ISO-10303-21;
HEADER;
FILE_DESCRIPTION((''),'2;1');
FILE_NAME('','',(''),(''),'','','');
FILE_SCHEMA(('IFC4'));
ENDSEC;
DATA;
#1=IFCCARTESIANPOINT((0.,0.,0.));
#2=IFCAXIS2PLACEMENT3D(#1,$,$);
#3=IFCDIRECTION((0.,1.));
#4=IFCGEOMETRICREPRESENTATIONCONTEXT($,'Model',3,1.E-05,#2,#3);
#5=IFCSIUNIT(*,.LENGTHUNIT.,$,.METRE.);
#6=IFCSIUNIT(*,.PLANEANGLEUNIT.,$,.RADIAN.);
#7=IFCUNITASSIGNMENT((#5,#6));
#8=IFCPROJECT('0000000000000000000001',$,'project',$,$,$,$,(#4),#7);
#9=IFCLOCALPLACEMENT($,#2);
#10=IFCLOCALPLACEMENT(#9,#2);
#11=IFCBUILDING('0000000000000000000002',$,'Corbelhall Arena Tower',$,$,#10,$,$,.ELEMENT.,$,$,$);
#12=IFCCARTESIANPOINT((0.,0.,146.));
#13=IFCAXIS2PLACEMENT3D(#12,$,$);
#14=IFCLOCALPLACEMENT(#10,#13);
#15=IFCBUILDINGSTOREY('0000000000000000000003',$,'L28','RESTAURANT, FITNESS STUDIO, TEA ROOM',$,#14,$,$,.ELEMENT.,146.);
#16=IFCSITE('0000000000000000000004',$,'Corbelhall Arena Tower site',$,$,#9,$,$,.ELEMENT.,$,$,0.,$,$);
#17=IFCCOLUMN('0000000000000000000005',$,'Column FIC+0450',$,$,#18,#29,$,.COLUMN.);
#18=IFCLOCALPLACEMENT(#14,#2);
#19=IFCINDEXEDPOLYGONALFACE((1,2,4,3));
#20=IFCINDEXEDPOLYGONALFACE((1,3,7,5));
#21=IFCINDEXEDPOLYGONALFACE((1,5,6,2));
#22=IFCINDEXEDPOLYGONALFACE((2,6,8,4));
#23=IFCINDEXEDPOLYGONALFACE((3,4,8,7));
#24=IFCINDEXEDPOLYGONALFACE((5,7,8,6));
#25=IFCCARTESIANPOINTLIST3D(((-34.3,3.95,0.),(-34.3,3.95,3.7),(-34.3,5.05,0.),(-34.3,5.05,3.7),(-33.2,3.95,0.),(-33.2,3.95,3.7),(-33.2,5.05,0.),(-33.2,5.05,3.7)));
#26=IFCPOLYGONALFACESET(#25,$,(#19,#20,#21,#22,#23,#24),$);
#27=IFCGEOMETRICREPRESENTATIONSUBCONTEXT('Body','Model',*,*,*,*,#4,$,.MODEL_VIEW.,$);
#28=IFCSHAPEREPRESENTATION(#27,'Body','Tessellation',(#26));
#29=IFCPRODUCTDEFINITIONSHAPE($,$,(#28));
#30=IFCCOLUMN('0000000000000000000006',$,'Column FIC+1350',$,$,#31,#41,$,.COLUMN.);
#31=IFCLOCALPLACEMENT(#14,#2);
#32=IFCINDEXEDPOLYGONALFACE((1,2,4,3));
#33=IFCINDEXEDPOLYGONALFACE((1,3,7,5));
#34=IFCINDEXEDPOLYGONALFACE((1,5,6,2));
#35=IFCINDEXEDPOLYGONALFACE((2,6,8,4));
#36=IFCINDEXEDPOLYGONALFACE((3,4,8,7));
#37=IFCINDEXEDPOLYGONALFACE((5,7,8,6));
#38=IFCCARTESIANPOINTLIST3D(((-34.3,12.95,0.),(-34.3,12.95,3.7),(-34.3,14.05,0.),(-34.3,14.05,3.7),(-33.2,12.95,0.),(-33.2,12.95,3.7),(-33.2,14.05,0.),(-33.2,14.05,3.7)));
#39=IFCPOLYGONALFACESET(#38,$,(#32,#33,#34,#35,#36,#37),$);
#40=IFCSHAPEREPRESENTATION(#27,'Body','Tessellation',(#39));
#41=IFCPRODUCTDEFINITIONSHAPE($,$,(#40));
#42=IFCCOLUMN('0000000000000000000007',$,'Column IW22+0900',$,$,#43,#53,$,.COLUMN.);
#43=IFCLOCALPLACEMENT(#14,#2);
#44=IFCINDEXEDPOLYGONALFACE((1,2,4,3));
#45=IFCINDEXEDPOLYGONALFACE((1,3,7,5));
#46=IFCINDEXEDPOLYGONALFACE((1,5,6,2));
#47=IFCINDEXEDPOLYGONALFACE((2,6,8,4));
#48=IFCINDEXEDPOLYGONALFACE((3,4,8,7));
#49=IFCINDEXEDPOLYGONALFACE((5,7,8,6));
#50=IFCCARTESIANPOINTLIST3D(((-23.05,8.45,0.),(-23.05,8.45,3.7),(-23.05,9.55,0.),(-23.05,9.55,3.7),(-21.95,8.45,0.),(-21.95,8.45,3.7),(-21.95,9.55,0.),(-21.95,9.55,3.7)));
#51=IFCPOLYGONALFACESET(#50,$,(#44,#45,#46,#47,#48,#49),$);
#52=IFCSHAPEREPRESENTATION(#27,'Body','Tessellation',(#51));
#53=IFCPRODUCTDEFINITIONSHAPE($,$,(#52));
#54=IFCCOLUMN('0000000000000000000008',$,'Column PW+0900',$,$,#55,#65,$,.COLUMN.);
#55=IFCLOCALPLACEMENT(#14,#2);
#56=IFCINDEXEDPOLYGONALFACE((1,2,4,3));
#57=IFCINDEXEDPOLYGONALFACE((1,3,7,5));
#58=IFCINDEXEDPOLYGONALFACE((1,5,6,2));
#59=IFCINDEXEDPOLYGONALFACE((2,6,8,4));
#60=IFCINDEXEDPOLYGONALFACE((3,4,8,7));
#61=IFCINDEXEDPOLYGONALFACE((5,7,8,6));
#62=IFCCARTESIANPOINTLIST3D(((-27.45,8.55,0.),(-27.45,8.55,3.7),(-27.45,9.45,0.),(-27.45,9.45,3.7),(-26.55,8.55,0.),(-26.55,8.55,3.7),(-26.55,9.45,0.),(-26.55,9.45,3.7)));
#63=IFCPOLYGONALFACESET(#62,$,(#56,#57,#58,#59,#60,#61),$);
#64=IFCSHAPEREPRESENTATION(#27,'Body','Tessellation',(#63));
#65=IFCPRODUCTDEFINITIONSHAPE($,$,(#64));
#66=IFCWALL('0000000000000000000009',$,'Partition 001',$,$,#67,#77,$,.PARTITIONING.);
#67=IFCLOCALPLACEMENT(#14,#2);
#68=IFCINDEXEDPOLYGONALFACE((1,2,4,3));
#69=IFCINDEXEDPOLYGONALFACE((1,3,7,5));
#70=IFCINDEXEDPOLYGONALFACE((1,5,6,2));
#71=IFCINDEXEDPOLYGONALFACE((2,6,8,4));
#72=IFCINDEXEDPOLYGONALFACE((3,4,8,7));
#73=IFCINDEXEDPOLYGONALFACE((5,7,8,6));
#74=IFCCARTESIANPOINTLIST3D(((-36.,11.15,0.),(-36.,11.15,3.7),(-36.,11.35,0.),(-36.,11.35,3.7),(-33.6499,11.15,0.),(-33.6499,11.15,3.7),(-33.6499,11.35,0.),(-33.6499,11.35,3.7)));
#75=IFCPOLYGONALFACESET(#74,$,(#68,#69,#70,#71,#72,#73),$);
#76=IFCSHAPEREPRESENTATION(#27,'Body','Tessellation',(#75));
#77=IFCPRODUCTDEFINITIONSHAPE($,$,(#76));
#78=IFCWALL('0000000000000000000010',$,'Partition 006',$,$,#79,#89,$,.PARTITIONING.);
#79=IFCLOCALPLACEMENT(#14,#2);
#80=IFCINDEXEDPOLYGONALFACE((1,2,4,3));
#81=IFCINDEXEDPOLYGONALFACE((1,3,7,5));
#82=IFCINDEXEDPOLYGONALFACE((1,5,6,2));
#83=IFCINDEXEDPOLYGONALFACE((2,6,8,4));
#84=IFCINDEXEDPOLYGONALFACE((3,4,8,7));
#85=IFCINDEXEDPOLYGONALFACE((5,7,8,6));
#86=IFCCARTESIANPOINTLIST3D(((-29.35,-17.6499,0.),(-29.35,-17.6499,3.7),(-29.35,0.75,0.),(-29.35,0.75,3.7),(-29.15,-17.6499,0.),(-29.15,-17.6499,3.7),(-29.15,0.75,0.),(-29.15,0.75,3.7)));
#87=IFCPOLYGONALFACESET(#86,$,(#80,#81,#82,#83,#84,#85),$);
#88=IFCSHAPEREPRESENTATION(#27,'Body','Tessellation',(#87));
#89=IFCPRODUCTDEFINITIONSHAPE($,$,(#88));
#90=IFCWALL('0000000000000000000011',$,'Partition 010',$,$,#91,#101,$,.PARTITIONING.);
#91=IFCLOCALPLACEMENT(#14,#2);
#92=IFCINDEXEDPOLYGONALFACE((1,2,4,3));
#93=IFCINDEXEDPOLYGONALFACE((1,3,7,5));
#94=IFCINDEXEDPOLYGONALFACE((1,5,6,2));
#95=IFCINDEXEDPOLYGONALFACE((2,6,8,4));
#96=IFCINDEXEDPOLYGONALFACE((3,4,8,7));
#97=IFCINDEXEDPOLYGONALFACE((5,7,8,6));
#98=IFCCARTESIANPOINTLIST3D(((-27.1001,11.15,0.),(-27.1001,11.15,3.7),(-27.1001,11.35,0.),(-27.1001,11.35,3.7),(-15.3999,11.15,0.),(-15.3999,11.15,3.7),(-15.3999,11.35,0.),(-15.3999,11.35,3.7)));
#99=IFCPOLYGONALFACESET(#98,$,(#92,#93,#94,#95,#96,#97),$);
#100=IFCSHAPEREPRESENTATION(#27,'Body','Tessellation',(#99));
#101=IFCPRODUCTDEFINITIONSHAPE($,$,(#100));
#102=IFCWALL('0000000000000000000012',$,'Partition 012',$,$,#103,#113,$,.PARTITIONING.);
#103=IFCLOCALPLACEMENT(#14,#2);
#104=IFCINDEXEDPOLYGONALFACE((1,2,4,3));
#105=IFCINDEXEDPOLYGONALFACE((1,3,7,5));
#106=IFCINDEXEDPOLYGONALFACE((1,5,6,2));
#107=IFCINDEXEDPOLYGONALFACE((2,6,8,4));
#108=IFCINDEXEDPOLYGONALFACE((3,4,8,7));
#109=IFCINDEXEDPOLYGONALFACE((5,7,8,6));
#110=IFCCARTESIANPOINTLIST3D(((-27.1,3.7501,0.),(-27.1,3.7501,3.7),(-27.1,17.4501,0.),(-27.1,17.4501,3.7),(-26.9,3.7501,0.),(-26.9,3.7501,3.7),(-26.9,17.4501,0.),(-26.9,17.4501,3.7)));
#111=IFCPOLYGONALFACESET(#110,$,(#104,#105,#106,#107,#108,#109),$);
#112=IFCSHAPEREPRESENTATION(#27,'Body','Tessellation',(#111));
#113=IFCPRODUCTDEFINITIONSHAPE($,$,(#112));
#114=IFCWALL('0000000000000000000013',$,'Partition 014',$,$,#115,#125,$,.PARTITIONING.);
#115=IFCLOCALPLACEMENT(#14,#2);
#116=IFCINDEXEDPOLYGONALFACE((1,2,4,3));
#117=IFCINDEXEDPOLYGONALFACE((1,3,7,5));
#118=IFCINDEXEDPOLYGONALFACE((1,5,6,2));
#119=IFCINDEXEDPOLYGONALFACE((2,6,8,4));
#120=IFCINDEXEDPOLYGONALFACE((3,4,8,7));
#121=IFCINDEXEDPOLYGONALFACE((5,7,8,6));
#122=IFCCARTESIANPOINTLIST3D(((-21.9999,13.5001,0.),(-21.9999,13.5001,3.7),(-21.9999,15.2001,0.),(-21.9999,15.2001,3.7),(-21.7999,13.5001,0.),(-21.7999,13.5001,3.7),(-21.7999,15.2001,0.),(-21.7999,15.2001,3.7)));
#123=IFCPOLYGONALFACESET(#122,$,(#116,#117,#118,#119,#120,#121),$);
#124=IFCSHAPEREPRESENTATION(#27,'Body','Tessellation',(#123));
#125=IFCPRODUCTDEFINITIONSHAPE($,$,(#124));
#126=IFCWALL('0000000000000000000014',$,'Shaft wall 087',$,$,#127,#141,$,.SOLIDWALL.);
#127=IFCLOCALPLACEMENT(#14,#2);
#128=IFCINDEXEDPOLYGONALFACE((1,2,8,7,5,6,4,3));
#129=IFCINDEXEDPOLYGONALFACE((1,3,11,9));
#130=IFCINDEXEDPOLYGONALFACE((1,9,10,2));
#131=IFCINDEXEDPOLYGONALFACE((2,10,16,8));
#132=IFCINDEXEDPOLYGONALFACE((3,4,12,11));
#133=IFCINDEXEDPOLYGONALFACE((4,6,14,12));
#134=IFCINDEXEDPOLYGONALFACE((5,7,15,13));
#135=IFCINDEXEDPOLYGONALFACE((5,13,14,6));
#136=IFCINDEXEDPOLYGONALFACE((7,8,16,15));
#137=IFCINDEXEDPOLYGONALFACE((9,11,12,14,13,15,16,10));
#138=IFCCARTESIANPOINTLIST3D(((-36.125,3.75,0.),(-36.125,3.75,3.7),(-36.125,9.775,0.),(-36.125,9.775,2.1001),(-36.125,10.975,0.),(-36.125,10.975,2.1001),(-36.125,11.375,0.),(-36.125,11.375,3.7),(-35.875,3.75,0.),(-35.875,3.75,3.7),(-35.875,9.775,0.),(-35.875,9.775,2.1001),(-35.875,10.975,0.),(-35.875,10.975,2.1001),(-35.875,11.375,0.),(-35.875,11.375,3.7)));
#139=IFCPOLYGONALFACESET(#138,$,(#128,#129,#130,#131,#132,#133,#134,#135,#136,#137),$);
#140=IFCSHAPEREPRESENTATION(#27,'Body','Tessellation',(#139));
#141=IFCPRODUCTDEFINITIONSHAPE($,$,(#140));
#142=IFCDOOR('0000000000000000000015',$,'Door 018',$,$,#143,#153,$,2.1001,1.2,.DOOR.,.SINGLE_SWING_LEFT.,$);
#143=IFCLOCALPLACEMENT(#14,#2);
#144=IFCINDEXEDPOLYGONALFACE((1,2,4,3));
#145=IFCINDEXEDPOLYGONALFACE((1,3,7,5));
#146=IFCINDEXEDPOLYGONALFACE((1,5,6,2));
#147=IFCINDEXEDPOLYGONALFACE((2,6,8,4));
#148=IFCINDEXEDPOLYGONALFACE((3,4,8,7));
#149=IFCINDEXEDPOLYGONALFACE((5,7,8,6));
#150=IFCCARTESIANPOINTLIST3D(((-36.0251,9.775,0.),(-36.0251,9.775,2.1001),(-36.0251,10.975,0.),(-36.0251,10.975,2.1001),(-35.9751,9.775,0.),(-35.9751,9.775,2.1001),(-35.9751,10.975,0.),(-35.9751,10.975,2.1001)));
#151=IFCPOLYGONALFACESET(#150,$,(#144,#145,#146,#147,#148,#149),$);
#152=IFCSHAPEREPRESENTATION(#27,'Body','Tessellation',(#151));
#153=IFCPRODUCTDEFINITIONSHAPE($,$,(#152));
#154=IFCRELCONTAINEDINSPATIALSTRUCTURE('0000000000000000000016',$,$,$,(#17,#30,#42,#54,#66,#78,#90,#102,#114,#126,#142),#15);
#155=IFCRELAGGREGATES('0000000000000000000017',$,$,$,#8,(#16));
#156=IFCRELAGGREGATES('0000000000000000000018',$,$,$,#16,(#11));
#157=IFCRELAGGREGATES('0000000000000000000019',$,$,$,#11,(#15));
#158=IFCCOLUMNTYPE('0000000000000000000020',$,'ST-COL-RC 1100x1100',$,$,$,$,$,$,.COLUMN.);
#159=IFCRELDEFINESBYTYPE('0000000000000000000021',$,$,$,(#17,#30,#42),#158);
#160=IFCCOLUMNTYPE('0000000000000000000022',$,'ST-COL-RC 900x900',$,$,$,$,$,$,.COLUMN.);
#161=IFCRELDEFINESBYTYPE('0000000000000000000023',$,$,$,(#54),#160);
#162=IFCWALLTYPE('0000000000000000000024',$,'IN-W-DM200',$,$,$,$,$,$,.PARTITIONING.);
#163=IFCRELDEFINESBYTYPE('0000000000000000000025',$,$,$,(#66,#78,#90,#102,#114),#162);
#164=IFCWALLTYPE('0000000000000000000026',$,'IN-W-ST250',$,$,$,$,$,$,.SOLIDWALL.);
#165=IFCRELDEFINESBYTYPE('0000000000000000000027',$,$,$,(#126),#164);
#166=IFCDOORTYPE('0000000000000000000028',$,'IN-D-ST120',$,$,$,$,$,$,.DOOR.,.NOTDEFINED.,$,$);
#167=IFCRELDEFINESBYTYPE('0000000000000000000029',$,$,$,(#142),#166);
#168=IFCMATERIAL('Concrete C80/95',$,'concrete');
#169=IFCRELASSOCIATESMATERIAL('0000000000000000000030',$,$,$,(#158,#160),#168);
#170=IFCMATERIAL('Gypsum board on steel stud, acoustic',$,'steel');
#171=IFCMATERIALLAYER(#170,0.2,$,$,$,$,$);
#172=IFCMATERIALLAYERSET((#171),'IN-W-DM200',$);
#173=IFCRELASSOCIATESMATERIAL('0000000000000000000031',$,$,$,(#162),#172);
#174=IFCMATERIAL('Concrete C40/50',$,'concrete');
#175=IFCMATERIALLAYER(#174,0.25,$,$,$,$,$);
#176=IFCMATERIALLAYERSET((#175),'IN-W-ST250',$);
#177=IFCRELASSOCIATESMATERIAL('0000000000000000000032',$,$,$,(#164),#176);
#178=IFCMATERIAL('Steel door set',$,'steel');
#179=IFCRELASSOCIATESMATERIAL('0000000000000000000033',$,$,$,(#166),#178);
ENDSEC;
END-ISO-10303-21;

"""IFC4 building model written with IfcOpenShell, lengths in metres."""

from ifc_helpers import new_model, si_unit, direction, frame, frame_2d, origin, origin_2d, place, context, subcontext, project, spatial, rectangle, extrude, material, layer, layer_set, material_profile, profile_set, type_object, element, fill, save


model = new_model("IFC4")

# Units and contexts
model_context = context("Model", 3, precision=1e-05, world=origin(), true_north=direction((0.0, 1.0)))
body_context = subcontext(model_context, "Body", "Model", "MODEL_VIEW")
ifc_project = project(units=[si_unit("LENGTHUNIT", "METRE"), si_unit("PLANEANGLEUNIT", "RADIAN")], contexts=[model_context])

# Site, building, storey
site_placement = place(None, origin())
site = spatial("IfcSite", under=ifc_project, at=site_placement, Name="Corbelhall Arena Tower site", CompositionType="ELEMENT", RefElevation=0.0)
building_placement = place(site_placement, origin())
building = spatial("IfcBuilding", under=site, at=building_placement, Name="Corbelhall Arena Tower", CompositionType="ELEMENT")
storey_placement = place(building_placement, frame((0.0, 0.0, 146.0)))
storey = spatial("IfcBuildingStorey", under=building, at=storey_placement, Name="L28", Description="RESTAURANT, FITNESS STUDIO, TEA ROOM", CompositionType="ELEMENT", Elevation=146.0)

# Columns
ifc_material_1 = material(Name="Concrete C80/95", Category="concrete")
ifc_material_profile_1 = material_profile(ifc_material_1, rectangle(XDim=1.1001, YDim=1.1001, at=origin_2d()))
ifc_profile_set_1 = profile_set([ifc_material_profile_1], Name="Concrete C80/95")
column_type_1 = type_object("IfcColumnType", Name="ST-COL-RC 1100x1100", PredefinedType="COLUMN", material=ifc_profile_set_1)
for number, where, z_axis, x_axis, name in (
    (1, (-33.75, 4.5, 0.0), (0.0, 0.0, 1.0), (1.0, 0.0, 0.0), "Column FIC+0450"),
    (2, (-33.75, 13.5, 0.0), (0.0, 0.0, 1.0), (1.0, 0.0, 0.0), "Column FIC+1350"),
    (3, (-22.5, 9.0, 0.0), (0.0, 0.0, 1.0), (1.0, 0.0, 0.0), "Column IW22+0900"),
):
    element("IfcColumn", number, at=place(storey_placement, frame(where, z_axis=z_axis, x_axis=x_axis)), inside=storey, type_object=column_type_1, Name=name, PredefinedType="COLUMN", context=body_context, shape_type="SweptSolid", body=[
        extrude(rectangle(XDim=1.1001, YDim=1.1001, at=origin_2d()), origin(), (0.0, 0.0, 1.0), 3.7),
    ])
ifc_material_profile_2 = material_profile(ifc_material_1, rectangle(XDim=0.8999, YDim=0.8999, at=origin_2d()))
ifc_profile_set_2 = profile_set([ifc_material_profile_2], Name="Concrete C80/95")
column_type_2 = type_object("IfcColumnType", Name="ST-COL-RC 900x900", PredefinedType="COLUMN", material=ifc_profile_set_2)
column_placement = place(storey_placement, frame((-27.0, 9.0, 0.0), z_axis=(0.0, 0.0, 1.0), x_axis=(1.0, 0.0, 0.0)))
element("IfcColumn", 4, at=column_placement, inside=storey, type_object=column_type_2, Name="Column PW+0900", PredefinedType="COLUMN", context=body_context, shape_type="SweptSolid", body=[
    extrude(rectangle(XDim=0.8999, YDim=0.8999, at=origin_2d()), origin(), (0.0, 0.0, 1.0), 3.7),
])

# Wall
ifc_material_2 = material(Name="Gypsum board on steel stud, acoustic", Category="steel")
ifc_layer_1 = layer(ifc_material_2, 0.2)
ifc_layer_set_1 = layer_set([ifc_layer_1], Name="IN-W-DM200")
wall_type_1 = type_object("IfcWallType", Name="IN-W-DM200", PredefinedType="PARTITIONING", material=ifc_layer_set_1)
wall_1_placement = place(storey_placement, frame((-36.0, 11.25, 0.0), z_axis=(0.0, 0.0, 1.0), x_axis=(1.0, 0.0, 0.0)))
element("IfcWall", 5, at=wall_1_placement, inside=storey, type_object=wall_type_1, Name="Partition 001", PredefinedType="PARTITIONING", context=body_context, shape_type="SweptSolid", body=[
    extrude(rectangle(XDim=2.3501, YDim=0.2, at=frame_2d((1.175, 0.0))), origin(), (0.0, 0.0, 1.0), 3.7),
])

# Shared definitions
ifc_material_3 = material(Name="Steel door set", Category="steel")

# Walls
wall_2_placement = place(storey_placement, frame((-29.25, 0.75, 0.0), z_axis=(0.0, 0.0, 1.0), x_axis=(0.0, -1.0, 0.0)))
element("IfcWall", 6, at=wall_2_placement, inside=storey, type_object=wall_type_1, Name="Partition 006", PredefinedType="PARTITIONING", context=body_context, shape_type="SweptSolid", body=[
    extrude(rectangle(XDim=18.3999, YDim=0.2, at=frame_2d((9.2, 0.0))), origin(), (0.0, 0.0, 1.0), 3.7),
])
wall_3_placement = place(storey_placement, frame((-27.1001, 11.25, 0.0), z_axis=(0.0, 0.0, 1.0), x_axis=(1.0, 0.0, 0.0)))
element("IfcWall", 7, at=wall_3_placement, inside=storey, type_object=wall_type_1, Name="Partition 010", PredefinedType="PARTITIONING", context=body_context, shape_type="SweptSolid", body=[
    extrude(rectangle(XDim=11.7002, YDim=0.2, at=frame_2d((5.8501, 0.0))), origin(), (0.0, 0.0, 1.0), 3.7),
])
wall_4_placement = place(storey_placement, frame((-27.0, 3.75, 0.0), z_axis=(0.0, 0.0, 1.0), x_axis=(0.0, 1.0, 0.0)))
element("IfcWall", 8, at=wall_4_placement, inside=storey, type_object=wall_type_1, Name="Partition 012", PredefinedType="PARTITIONING", context=body_context, shape_type="SweptSolid", body=[
    extrude(rectangle(XDim=13.7, YDim=0.2, at=frame_2d((6.8501, 0.0))), origin(), (0.0, 0.0, 1.0), 3.7),
])
wall_5_placement = place(storey_placement, frame((-21.8999, 13.5, 0.0), z_axis=(0.0, 0.0, 1.0), x_axis=(0.0, 1.0, 0.0)))
element("IfcWall", 9, at=wall_5_placement, inside=storey, type_object=wall_type_1, Name="Partition 014", PredefinedType="PARTITIONING", context=body_context, shape_type="SweptSolid", body=[
    extrude(rectangle(XDim=1.7, YDim=0.2, at=frame_2d((0.8501, 0.0))), origin(), (0.0, 0.0, 1.0), 3.7),
])

# Wall, opening, door
ifc_material_4 = material(Name="Concrete C40/50", Category="concrete")
ifc_layer_2 = layer(ifc_material_4, 0.25)
ifc_layer_set_2 = layer_set([ifc_layer_2], Name="IN-W-ST250")
wall_type_2 = type_object("IfcWallType", Name="IN-W-ST250", PredefinedType="SOLIDWALL", material=ifc_layer_set_2)
wall_6_placement = place(storey_placement, frame((-36.0, 11.375, 0.0), z_axis=(0.0, 0.0, 1.0), x_axis=(0.0, -1.0, 0.0)))
wall_6 = element("IfcWall", 10, at=wall_6_placement, inside=storey, type_object=wall_type_2, Name="Shaft wall 087", PredefinedType="SOLIDWALL", context=body_context, shape_type="SweptSolid", body=[
    extrude(rectangle(XDim=7.625, YDim=0.25, at=frame_2d((3.8125, 0.0))), origin(), (0.0, 0.0, 1.0), 3.7),
])
opening_1_placement = place(wall_6_placement, frame((0.3999, 0.0, 0.0)))
opening_1 = element("IfcOpeningElement", 11, at=opening_1_placement, cuts=wall_6, PredefinedType="OPENING", context=body_context, shape_type="SweptSolid", body=[
    extrude(rectangle(XDim=1.2, YDim=2.1001, at=frame_2d((0.6001, 1.05))), frame((0.0, 0.125, 0.0), z_axis=(0.0, -1.0, 0.0), x_axis=(1.0, 0.0, 0.0)), (0.0, 0.0, 1.0), 0.25),
])
door_type_1 = type_object("IfcDoorType", Name="IN-D-ST120", OperationType="NOTDEFINED", PredefinedType="DOOR", material=ifc_material_3)
door_1_placement = place(opening_1_placement, origin())
door_1 = element("IfcDoor", 12, at=door_1_placement, inside=storey, type_object=door_type_1, Name="Door 018", OperationType="SINGLE_SWING_LEFT", OverallHeight=2.1001, OverallWidth=1.2, PredefinedType="DOOR", context=body_context, shape_type="SweptSolid", body=[
    extrude(rectangle(XDim=1.2, YDim=2.1001, at=frame_2d((0.6001, 1.05))), frame((0.0, 0.0249, 0.0), z_axis=(0.0, -1.0, 0.0), x_axis=(1.0, 0.0, 0.0)), (0.0, 0.0, 1.0), 0.05),
])
fill(opening_1, door_1)

save(model, "model.ifc")
